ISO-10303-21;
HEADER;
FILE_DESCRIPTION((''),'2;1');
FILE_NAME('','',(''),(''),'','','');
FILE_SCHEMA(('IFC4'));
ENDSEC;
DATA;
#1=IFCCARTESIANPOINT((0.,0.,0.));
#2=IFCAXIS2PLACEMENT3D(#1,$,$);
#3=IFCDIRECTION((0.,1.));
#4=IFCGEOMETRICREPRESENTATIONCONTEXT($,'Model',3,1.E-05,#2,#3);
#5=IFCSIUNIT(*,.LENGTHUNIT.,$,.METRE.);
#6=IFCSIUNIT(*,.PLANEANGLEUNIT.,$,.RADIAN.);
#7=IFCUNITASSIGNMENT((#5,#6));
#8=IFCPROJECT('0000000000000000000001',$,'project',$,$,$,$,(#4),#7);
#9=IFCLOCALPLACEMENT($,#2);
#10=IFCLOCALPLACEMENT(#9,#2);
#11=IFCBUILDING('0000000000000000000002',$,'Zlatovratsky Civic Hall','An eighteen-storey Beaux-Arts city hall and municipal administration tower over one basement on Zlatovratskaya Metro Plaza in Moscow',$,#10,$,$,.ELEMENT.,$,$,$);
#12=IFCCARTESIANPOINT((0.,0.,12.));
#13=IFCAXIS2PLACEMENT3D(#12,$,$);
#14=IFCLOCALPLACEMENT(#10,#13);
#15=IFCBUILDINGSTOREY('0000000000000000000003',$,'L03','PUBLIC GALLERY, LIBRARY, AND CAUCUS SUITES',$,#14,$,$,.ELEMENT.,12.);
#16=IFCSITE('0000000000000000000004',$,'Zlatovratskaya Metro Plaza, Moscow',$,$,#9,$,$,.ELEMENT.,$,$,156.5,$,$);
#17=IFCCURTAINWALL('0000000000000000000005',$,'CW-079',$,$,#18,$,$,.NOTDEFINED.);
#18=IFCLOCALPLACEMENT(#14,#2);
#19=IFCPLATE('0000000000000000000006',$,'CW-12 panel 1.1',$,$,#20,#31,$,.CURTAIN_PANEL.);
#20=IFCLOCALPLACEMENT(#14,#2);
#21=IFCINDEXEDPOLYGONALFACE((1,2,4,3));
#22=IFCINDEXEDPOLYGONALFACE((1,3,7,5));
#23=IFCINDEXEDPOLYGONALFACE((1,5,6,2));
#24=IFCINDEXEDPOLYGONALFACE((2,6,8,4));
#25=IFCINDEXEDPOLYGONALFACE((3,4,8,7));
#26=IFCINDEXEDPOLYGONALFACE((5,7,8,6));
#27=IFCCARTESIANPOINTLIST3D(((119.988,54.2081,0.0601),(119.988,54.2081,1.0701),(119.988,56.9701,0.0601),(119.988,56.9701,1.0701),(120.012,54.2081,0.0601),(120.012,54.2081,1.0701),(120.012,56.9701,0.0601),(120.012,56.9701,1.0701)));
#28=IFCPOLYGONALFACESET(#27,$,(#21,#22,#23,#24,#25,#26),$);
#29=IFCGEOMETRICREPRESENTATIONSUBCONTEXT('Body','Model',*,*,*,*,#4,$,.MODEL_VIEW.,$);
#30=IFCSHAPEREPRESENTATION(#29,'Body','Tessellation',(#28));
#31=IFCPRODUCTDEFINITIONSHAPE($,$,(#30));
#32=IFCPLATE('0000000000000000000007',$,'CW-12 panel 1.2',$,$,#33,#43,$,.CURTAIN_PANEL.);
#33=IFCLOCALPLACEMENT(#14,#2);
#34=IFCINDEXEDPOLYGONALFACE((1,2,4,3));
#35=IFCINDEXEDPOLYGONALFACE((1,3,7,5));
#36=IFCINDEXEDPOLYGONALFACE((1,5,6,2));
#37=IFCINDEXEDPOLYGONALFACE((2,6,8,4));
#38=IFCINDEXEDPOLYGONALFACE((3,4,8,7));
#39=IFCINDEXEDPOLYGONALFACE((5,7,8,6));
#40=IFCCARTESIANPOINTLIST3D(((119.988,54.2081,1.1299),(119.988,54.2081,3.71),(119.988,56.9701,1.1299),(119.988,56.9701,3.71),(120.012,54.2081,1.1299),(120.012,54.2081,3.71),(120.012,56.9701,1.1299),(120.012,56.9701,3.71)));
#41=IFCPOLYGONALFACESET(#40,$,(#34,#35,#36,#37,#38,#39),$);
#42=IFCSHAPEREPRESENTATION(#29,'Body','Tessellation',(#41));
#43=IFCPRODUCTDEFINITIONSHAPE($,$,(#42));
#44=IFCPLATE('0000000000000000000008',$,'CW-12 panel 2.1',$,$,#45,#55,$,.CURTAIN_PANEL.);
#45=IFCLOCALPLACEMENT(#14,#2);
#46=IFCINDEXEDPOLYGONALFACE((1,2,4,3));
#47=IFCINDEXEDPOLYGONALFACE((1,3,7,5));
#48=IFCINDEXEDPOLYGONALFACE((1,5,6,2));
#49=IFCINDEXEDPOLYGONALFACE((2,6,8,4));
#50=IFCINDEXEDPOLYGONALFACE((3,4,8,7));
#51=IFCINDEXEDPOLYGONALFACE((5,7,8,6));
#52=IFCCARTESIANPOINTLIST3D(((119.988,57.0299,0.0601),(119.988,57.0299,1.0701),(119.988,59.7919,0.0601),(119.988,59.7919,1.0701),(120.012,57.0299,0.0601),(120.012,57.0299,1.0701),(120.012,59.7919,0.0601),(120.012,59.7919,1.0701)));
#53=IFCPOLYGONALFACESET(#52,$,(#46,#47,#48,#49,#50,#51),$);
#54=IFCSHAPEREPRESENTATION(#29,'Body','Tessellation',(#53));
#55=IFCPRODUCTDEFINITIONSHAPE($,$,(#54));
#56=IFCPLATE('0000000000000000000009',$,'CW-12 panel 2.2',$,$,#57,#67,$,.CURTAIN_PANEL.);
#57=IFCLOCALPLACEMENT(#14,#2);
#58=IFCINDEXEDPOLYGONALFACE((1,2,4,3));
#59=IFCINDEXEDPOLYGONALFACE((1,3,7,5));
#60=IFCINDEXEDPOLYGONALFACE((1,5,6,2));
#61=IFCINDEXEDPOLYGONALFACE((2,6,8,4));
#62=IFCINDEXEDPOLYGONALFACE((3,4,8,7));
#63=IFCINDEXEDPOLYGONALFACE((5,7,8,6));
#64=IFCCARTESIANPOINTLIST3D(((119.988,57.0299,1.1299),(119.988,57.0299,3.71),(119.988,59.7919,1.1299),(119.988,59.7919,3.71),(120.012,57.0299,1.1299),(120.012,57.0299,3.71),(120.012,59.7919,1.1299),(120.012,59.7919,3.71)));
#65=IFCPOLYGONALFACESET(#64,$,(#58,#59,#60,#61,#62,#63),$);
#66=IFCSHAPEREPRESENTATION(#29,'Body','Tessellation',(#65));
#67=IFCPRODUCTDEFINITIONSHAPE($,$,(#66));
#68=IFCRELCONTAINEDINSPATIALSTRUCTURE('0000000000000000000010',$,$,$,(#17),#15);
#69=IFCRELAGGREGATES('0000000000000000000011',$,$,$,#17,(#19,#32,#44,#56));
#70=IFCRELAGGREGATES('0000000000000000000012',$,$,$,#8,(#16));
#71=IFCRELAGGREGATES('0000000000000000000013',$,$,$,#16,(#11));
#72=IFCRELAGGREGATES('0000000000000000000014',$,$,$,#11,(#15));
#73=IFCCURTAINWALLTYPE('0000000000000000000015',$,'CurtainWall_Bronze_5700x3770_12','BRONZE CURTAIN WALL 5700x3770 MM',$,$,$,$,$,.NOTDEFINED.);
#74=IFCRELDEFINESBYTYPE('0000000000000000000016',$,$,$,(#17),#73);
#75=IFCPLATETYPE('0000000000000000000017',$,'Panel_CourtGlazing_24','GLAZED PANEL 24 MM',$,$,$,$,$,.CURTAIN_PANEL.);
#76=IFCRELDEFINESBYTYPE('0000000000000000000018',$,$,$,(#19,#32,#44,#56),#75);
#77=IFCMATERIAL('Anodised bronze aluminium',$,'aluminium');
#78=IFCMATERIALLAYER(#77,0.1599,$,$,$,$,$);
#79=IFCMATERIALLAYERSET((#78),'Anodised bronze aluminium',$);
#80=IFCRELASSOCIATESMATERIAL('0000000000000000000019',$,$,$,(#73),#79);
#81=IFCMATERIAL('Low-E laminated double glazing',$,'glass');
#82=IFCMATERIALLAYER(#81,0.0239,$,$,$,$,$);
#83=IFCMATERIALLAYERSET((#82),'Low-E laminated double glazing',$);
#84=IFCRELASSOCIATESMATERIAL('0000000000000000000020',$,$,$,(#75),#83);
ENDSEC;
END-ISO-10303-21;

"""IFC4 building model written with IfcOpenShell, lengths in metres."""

from ifc_helpers import new_model, si_unit, direction, frame, origin, origin_2d, place, context, subcontext, project, spatial, rectangle, extrude, material, layer, layer_set, type_object, element, aggregate, save


model = new_model("IFC4")

# Units and contexts
model_context = context("Model", 3, precision=1e-05, world=origin(), true_north=direction((0.0, 1.0)))
body_context = subcontext(model_context, "Body", "Model", "MODEL_VIEW")
ifc_project = project(units=[si_unit("LENGTHUNIT", "METRE"), si_unit("PLANEANGLEUNIT", "RADIAN")], contexts=[model_context])

# Site, building, storey
site_placement = place(None, origin())
site = spatial("IfcSite", under=ifc_project, at=site_placement, Name="Zlatovratskaya Metro Plaza, Moscow", CompositionType="ELEMENT", RefElevation=156.5)
building_placement = place(site_placement, origin())
building = spatial("IfcBuilding", under=site, at=building_placement, Name="Zlatovratsky Civic Hall", Description="An eighteen-storey Beaux-Arts city hall and municipal administration tower over one basement on Zlatovratskaya Metro Plaza in Moscow", CompositionType="ELEMENT")
storey_placement = place(building_placement, frame((0.0, 0.0, 12.0)))
storey = spatial("IfcBuildingStorey", under=building, at=storey_placement, Name="L03", Description="PUBLIC GALLERY, LIBRARY, AND CAUCUS SUITES", CompositionType="ELEMENT", Elevation=12.0)

# Shared definitions
ifc_material_1 = material(Name="Anodised bronze aluminium", Category="aluminium")
ifc_layer_1 = layer(ifc_material_1, 0.1599)
ifc_layer_set_1 = layer_set([ifc_layer_1], Name="Anodised bronze aluminium")
curtain_wall_type = type_object("IfcCurtainWallType", Name="CurtainWall_Bronze_5700x3770_12", Description="BRONZE CURTAIN WALL 5700x3770 MM", PredefinedType="NOTDEFINED", material=ifc_layer_set_1)

# Curtain wall
curtain_wall_1_placement = place(storey_placement, origin())
curtain_wall_1 = element("IfcCurtainWall", 1, at=curtain_wall_1_placement, inside=storey, type_object=curtain_wall_type, Name="CW-079", PredefinedType="NOTDEFINED")

# Plates
ifc_material_2 = material(Name="Low-E laminated double glazing", Category="glass")
ifc_layer_2 = layer(ifc_material_2, 0.0239)
ifc_layer_set_2 = layer_set([ifc_layer_2], Name="Low-E laminated double glazing")
plate_type = type_object("IfcPlateType", Name="Panel_CourtGlazing_24", Description="GLAZED PANEL 24 MM", PredefinedType="CURTAIN_PANEL", material=ifc_layer_set_2)
plate_1_placement = place(storey_placement, frame((120.0, 55.5891, 0.0601), z_axis=(0.0, 0.0, 1.0), x_axis=(0.0, 1.0, 0.0)))
plate_1 = element("IfcPlate", 2, at=plate_1_placement, type_object=plate_type, Name="CW-12 panel 1.1", PredefinedType="CURTAIN_PANEL", context=body_context, shape_type="SweptSolid", body=[
    extrude(rectangle(XDim=2.762, YDim=0.0239, at=origin_2d()), origin(), (0.0, 0.0, 1.0), 1.01),
])
plate_2_placement = place(storey_placement, frame((120.0, 55.5891, 1.1299), z_axis=(0.0, 0.0, 1.0), x_axis=(0.0, 1.0, 0.0)))
plate_2 = element("IfcPlate", 3, at=plate_2_placement, type_object=plate_type, Name="CW-12 panel 1.2", PredefinedType="CURTAIN_PANEL", context=body_context, shape_type="SweptSolid", body=[
    extrude(rectangle(XDim=2.762, YDim=0.0239, at=origin_2d()), origin(), (0.0, 0.0, 1.0), 2.5801),
])
plate_3_placement = place(storey_placement, frame((120.0, 58.4109, 0.0601), z_axis=(0.0, 0.0, 1.0), x_axis=(0.0, 1.0, 0.0)))
plate_3 = element("IfcPlate", 4, at=plate_3_placement, type_object=plate_type, Name="CW-12 panel 2.1", PredefinedType="CURTAIN_PANEL", context=body_context, shape_type="SweptSolid", body=[
    extrude(rectangle(XDim=2.762, YDim=0.0239, at=origin_2d()), origin(), (0.0, 0.0, 1.0), 1.01),
])
plate_4_placement = place(storey_placement, frame((120.0, 58.4109, 1.1299), z_axis=(0.0, 0.0, 1.0), x_axis=(0.0, 1.0, 0.0)))
plate_4 = element("IfcPlate", 5, at=plate_4_placement, type_object=plate_type, Name="CW-12 panel 2.2", PredefinedType="CURTAIN_PANEL", context=body_context, shape_type="SweptSolid", body=[
    extrude(rectangle(XDim=2.762, YDim=0.0239, at=origin_2d()), origin(), (0.0, 0.0, 1.0), 2.5801),
])
aggregate(curtain_wall_1, [plate_1, plate_2, plate_3, plate_4])

save(model, "model.ifc")
